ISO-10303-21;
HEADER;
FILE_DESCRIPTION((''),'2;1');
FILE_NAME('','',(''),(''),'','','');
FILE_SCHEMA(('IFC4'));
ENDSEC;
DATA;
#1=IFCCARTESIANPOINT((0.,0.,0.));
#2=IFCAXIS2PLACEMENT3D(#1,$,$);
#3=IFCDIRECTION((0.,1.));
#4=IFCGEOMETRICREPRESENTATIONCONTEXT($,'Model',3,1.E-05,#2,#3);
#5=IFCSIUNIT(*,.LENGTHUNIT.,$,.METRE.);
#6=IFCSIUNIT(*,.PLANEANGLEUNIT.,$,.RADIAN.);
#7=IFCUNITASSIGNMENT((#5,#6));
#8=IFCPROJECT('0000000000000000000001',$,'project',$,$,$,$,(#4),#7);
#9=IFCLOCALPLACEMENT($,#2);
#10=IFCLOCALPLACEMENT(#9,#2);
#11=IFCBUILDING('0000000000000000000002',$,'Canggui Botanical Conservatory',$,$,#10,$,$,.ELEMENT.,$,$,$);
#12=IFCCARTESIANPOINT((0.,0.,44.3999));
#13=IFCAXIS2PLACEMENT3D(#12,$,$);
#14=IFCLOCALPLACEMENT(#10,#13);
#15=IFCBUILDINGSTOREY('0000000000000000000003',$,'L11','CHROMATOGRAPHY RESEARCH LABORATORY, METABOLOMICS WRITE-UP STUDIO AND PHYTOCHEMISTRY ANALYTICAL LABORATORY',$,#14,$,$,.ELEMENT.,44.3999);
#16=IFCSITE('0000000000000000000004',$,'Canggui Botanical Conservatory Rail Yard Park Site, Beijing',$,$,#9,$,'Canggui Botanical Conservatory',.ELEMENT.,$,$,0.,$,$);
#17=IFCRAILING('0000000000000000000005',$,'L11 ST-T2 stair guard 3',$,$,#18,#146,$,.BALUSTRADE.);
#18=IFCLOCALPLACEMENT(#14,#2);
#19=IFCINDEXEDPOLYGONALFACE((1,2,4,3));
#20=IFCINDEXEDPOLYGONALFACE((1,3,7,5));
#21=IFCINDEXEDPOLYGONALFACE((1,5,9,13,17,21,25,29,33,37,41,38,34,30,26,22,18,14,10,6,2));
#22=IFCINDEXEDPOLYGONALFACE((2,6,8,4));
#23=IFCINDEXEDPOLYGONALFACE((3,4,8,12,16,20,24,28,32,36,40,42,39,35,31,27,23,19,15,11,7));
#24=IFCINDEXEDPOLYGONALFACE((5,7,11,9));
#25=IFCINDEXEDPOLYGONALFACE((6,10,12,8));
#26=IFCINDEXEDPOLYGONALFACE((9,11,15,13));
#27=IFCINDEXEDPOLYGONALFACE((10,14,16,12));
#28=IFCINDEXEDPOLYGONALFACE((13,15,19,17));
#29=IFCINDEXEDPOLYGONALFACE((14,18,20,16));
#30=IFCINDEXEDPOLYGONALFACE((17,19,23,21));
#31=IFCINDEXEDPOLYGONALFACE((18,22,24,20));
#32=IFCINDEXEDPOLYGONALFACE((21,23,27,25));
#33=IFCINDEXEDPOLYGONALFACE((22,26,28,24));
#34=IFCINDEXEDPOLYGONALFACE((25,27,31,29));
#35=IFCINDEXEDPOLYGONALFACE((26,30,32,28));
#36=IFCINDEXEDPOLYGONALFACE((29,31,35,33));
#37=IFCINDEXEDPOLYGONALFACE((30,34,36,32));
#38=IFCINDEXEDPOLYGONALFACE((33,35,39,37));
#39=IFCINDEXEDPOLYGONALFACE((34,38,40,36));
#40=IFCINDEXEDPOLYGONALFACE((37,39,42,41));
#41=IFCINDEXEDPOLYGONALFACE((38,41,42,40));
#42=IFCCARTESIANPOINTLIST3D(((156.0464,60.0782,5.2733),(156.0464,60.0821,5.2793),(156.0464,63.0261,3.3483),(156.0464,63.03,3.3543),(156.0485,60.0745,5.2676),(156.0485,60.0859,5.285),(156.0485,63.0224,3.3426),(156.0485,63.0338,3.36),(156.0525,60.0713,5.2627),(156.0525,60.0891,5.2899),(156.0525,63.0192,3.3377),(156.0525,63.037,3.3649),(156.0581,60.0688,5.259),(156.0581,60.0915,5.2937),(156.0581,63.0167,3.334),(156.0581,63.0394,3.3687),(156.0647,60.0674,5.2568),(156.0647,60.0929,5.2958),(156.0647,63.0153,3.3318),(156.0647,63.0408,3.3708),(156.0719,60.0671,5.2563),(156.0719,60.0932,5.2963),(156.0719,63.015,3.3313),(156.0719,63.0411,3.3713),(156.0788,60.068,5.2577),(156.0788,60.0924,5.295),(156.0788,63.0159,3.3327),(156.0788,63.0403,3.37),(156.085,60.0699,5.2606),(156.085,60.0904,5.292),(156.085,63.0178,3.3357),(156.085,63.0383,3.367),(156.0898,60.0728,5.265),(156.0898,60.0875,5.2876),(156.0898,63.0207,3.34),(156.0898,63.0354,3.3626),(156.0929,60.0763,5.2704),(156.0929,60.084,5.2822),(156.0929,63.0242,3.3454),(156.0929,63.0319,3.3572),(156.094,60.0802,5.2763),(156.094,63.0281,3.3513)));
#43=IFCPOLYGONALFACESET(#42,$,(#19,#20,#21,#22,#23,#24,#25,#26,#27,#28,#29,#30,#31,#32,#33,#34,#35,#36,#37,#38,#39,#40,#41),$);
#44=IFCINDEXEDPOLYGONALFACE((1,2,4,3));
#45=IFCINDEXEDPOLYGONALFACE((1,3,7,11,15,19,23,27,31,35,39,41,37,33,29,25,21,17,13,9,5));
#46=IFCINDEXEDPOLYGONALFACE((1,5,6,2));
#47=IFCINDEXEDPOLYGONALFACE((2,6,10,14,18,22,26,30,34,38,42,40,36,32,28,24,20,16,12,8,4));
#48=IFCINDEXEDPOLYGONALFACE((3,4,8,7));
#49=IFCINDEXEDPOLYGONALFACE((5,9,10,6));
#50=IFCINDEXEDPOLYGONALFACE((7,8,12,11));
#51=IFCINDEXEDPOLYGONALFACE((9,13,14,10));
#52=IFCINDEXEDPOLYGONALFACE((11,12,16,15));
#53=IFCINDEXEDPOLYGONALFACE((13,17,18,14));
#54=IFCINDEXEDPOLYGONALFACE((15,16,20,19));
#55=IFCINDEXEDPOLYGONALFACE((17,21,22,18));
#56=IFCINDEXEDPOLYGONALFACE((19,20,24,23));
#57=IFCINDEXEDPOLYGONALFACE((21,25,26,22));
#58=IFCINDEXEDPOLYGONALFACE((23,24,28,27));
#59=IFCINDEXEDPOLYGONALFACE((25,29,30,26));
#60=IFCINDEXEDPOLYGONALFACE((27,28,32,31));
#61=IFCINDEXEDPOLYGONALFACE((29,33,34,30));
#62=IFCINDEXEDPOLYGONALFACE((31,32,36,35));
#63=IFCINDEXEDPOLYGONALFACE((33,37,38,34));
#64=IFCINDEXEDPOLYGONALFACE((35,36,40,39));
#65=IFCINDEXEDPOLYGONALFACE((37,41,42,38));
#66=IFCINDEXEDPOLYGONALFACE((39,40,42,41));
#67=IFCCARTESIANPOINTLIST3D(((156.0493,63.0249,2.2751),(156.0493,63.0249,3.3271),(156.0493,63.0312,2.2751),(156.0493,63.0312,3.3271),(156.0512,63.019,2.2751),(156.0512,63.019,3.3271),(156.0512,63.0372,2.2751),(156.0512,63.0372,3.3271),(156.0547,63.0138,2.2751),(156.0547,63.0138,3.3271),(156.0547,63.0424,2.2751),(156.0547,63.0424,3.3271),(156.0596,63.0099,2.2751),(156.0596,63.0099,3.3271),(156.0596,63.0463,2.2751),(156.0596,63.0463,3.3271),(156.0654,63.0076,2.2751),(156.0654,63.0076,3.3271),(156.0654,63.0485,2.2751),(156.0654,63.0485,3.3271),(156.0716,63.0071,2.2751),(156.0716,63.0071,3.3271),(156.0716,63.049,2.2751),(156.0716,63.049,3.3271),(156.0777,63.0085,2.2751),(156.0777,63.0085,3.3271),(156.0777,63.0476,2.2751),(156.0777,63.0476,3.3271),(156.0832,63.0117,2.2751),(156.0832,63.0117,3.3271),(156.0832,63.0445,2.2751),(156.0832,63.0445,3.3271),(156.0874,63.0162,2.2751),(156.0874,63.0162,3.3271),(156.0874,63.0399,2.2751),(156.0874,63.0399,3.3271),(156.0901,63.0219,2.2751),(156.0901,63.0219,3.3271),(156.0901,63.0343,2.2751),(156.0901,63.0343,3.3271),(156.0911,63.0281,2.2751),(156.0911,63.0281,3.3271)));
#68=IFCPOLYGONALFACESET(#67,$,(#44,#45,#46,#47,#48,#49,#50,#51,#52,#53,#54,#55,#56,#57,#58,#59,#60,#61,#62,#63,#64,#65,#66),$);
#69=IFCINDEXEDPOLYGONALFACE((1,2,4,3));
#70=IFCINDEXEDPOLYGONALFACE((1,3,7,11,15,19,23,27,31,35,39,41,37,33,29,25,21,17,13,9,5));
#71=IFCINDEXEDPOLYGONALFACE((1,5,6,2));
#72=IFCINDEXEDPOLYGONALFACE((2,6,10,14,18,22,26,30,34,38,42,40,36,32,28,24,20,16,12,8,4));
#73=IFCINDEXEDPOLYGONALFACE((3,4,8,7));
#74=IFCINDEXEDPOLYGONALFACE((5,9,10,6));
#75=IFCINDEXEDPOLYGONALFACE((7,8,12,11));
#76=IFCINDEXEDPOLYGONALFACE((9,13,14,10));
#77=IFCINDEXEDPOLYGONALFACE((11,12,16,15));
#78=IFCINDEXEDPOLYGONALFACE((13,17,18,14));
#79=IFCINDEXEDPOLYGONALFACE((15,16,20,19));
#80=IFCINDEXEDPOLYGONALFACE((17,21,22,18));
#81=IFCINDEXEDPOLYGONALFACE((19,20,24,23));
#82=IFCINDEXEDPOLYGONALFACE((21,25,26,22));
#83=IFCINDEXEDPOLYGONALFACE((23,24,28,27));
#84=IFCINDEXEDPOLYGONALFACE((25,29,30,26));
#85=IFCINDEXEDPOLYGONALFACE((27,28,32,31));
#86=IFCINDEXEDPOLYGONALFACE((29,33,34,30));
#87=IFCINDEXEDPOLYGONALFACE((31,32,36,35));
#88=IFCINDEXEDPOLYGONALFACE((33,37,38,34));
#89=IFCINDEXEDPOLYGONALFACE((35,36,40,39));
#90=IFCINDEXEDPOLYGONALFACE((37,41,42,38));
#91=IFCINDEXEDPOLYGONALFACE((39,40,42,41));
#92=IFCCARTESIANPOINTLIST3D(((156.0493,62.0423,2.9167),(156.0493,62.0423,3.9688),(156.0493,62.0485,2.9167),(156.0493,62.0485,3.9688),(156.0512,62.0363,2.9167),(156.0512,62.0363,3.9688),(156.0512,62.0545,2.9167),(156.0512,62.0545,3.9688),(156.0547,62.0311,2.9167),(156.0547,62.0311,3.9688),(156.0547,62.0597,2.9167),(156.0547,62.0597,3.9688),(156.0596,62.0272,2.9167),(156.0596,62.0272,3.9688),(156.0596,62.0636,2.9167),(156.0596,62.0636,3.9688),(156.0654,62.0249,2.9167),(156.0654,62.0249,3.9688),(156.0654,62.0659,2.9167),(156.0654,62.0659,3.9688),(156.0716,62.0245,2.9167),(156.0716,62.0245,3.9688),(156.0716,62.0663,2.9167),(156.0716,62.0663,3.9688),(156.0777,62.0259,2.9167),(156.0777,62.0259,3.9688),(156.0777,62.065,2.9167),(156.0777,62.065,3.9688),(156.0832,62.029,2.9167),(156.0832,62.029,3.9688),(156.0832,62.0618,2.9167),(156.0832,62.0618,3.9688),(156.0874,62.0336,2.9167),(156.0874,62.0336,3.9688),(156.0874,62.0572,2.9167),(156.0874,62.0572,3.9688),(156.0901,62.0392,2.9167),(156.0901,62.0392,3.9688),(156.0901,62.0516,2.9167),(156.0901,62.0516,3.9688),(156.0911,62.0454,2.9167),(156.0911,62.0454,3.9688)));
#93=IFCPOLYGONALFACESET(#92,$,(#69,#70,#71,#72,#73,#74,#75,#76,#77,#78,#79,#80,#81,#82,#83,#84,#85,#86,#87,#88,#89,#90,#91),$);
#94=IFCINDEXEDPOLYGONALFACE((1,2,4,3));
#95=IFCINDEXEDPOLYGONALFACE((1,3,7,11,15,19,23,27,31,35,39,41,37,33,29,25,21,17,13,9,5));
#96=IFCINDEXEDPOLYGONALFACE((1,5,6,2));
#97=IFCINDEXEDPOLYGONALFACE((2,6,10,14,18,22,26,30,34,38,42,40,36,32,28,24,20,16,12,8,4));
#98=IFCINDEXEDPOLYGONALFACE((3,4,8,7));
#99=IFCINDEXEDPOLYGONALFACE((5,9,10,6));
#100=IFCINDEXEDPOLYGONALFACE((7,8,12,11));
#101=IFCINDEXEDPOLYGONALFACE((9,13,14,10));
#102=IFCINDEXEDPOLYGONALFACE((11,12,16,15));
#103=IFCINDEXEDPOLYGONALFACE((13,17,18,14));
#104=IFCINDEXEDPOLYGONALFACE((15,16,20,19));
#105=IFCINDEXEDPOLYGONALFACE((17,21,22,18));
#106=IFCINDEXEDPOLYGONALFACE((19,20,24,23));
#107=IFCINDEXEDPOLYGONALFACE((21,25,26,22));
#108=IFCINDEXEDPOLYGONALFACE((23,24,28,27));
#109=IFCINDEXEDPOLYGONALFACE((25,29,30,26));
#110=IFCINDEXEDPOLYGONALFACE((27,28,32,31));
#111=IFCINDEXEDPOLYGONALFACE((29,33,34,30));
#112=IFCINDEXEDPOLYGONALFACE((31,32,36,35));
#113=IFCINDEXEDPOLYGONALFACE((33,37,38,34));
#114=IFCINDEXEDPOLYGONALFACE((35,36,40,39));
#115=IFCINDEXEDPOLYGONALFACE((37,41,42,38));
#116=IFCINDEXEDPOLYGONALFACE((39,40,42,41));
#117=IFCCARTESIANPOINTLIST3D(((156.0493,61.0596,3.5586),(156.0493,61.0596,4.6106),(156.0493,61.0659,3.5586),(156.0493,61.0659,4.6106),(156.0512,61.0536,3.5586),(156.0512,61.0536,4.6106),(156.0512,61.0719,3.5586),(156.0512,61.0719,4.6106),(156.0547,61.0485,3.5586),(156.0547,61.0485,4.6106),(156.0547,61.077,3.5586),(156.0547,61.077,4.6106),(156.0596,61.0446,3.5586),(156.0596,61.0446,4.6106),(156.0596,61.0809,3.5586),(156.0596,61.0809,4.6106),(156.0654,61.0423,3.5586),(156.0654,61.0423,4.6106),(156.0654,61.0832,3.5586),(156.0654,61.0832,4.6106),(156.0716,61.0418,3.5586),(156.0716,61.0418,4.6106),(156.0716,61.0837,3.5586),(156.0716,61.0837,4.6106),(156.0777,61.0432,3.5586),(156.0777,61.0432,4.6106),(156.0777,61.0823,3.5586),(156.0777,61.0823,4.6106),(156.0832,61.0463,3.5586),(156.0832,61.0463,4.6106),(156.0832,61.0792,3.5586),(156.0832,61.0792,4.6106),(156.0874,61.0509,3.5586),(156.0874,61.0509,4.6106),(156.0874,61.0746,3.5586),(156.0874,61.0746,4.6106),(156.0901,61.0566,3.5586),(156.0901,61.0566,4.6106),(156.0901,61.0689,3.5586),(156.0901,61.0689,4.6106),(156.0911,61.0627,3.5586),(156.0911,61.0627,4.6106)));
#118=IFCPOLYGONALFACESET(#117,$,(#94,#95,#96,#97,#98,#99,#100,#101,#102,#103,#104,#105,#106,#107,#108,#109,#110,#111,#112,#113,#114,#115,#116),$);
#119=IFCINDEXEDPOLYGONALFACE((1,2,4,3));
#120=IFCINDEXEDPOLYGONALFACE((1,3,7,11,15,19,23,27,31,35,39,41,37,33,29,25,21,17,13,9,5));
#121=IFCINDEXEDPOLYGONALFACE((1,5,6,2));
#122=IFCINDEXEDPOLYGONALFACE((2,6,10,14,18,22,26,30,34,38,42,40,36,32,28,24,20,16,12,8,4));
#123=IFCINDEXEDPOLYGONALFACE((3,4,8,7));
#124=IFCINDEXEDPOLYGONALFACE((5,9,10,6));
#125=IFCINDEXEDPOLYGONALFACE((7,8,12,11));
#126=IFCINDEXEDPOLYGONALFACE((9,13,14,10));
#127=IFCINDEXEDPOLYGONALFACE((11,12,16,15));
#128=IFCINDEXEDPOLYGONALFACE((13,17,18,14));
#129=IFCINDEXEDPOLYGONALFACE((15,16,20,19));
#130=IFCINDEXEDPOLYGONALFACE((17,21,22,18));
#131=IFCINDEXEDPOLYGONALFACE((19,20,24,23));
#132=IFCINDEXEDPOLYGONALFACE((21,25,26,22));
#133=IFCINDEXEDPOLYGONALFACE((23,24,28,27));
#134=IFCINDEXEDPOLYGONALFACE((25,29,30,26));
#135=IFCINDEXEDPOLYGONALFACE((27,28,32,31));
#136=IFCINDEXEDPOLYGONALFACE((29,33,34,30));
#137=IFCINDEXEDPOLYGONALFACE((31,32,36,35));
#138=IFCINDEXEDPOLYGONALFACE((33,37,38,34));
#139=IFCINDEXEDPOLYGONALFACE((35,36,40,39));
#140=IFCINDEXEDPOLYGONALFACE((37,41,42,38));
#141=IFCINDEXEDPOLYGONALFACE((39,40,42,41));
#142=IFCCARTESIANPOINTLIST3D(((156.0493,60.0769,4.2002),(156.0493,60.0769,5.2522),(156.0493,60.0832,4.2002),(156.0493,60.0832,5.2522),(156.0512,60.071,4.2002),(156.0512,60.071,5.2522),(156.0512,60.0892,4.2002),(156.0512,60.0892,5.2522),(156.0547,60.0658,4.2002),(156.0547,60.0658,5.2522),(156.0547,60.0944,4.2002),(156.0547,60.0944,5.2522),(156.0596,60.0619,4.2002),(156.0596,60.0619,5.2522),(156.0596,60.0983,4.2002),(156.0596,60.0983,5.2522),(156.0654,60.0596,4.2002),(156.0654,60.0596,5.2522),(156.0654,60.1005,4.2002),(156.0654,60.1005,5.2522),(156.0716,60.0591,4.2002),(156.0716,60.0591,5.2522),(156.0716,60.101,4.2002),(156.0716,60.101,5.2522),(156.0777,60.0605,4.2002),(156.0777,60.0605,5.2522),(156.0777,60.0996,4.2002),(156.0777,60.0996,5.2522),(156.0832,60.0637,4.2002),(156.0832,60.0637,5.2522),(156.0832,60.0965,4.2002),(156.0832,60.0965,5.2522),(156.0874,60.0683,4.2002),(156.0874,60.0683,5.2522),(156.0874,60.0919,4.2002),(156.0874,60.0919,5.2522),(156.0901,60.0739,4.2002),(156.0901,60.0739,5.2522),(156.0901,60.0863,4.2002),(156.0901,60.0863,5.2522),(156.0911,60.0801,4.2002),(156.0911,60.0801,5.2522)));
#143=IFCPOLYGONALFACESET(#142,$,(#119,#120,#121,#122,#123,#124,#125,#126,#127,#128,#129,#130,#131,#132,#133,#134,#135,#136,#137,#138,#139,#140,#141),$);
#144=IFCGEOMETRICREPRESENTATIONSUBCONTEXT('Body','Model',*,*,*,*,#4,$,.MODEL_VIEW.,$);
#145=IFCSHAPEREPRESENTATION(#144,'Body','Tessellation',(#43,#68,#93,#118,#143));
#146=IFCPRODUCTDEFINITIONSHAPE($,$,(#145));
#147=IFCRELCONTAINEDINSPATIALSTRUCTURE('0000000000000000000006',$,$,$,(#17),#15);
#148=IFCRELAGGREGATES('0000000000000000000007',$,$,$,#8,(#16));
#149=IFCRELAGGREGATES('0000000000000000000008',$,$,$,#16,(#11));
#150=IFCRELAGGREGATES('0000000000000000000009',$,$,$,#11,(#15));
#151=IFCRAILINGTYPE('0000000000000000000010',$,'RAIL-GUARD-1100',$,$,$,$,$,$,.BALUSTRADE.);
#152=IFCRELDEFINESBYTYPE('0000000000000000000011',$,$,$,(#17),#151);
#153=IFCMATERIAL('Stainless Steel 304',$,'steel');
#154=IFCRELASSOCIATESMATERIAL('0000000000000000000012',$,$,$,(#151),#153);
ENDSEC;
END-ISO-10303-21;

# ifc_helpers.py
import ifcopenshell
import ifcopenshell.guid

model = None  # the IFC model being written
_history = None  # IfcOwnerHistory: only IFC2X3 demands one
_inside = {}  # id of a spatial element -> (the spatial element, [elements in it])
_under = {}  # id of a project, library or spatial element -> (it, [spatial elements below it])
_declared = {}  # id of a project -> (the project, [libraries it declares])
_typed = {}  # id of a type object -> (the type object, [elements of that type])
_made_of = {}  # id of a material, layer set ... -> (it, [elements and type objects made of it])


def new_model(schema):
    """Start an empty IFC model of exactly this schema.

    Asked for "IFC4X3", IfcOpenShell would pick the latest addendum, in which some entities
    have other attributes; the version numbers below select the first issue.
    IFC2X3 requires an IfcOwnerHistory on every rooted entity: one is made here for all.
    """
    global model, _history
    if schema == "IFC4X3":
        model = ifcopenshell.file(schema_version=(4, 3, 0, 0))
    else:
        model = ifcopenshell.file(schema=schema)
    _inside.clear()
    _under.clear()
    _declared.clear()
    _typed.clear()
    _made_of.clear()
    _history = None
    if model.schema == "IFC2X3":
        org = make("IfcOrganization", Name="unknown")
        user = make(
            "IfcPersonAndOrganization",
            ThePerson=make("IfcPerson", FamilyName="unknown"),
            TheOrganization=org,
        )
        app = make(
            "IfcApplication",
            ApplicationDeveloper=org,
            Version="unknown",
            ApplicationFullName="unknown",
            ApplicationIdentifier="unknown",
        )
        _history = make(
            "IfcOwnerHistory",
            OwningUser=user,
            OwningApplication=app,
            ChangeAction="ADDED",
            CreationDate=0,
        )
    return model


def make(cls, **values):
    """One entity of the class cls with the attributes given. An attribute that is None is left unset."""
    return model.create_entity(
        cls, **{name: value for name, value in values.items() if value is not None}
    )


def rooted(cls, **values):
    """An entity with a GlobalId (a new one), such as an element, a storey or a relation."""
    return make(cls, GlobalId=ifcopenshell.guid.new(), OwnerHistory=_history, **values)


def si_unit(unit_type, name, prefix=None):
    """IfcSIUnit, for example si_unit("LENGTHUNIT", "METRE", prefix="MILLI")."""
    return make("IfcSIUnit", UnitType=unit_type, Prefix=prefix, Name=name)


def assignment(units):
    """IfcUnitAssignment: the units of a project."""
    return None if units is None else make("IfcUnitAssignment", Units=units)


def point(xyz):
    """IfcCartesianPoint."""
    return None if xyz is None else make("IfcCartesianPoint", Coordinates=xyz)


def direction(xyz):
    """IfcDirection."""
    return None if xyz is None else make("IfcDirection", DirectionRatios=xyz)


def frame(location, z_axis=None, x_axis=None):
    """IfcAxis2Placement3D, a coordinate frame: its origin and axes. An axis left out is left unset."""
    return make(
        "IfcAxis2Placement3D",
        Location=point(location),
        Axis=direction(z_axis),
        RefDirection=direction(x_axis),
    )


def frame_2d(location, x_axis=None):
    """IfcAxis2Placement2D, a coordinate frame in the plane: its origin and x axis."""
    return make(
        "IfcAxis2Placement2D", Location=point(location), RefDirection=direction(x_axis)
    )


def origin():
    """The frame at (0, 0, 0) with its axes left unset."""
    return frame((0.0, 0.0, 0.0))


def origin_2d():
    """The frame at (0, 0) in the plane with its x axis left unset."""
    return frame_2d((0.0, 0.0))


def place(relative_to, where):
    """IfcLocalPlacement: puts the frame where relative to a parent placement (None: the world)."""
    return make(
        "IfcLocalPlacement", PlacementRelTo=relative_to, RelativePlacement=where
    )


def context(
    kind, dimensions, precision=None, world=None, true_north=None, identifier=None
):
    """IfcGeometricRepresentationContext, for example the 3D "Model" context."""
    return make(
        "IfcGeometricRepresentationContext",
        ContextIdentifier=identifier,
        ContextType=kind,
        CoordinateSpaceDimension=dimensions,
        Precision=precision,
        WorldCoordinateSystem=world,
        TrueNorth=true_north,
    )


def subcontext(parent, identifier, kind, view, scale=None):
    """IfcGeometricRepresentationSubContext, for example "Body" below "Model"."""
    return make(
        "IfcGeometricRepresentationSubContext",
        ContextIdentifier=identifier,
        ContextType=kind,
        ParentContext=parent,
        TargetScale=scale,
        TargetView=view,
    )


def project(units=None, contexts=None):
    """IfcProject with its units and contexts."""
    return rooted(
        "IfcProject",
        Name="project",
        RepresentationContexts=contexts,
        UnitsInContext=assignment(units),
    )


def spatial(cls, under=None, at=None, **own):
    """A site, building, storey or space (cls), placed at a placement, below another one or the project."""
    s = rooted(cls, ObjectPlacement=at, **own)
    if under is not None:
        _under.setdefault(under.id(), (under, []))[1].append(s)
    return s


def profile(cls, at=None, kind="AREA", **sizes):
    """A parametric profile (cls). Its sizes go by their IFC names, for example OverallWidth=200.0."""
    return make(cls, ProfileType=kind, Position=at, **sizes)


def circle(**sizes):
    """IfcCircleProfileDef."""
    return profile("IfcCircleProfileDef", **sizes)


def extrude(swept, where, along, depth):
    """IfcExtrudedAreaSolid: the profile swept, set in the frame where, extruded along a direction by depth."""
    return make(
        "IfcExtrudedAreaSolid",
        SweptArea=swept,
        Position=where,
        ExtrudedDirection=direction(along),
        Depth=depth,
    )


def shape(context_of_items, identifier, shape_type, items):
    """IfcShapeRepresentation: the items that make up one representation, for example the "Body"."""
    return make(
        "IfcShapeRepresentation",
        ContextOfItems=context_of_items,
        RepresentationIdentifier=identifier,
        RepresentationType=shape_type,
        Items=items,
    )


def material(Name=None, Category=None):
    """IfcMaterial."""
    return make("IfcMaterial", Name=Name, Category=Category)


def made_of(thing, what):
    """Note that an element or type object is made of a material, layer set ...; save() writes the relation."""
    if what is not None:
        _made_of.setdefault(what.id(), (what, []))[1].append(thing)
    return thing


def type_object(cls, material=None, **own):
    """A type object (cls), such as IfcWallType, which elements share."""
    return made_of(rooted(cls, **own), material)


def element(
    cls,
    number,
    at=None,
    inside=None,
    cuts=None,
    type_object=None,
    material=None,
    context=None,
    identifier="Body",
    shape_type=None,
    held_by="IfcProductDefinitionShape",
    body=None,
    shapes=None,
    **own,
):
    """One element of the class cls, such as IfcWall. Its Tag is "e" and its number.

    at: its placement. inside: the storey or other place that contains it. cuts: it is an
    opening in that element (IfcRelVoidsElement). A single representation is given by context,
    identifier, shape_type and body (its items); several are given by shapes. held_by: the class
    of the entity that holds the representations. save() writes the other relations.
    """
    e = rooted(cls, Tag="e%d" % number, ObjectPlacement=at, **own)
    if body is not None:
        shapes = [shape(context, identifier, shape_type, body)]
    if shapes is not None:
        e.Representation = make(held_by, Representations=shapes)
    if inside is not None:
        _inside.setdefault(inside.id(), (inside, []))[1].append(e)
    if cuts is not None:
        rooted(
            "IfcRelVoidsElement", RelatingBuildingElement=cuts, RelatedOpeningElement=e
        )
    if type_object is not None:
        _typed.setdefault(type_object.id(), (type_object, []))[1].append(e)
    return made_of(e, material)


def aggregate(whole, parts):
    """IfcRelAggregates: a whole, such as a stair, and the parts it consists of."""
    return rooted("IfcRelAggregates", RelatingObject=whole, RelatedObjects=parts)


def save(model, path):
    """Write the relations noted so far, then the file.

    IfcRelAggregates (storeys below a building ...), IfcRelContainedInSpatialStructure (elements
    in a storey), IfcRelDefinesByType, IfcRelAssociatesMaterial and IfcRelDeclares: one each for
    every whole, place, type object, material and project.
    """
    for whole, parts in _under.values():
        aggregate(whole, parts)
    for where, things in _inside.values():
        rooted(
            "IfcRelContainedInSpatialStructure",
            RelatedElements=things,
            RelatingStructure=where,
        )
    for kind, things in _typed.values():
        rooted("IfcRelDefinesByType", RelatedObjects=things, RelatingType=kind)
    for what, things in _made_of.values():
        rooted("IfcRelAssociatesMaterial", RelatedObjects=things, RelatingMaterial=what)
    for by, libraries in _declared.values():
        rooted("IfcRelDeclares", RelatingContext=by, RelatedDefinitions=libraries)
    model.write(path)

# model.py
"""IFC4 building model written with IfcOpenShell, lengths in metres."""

from ifc_helpers import new_model, si_unit, direction, frame, origin, origin_2d, place, context, subcontext, project, spatial, circle, extrude, material, type_object, element, save


model = new_model("IFC4")

# Units and contexts
model_context = context("Model", 3, precision=1e-05, world=origin(), true_north=direction((0.0, 1.0)))
body_context = subcontext(model_context, "Body", "Model", "MODEL_VIEW")
ifc_project = project(units=[si_unit("LENGTHUNIT", "METRE"), si_unit("PLANEANGLEUNIT", "RADIAN")], contexts=[model_context])

# Site, building, storey
site_placement = place(None, origin())
site = spatial("IfcSite", under=ifc_project, at=site_placement, Name="Canggui Botanical Conservatory Rail Yard Park Site, Beijing", LongName="Canggui Botanical Conservatory", CompositionType="ELEMENT", RefElevation=0.0)
building_placement = place(site_placement, origin())
building = spatial("IfcBuilding", under=site, at=building_placement, Name="Canggui Botanical Conservatory", CompositionType="ELEMENT")
storey_placement = place(building_placement, frame((0.0, 0.0, 44.3999)))
storey = spatial("IfcBuildingStorey", under=building, at=storey_placement, Name="L11", Description="CHROMATOGRAPHY RESEARCH LABORATORY, METABOLOMICS WRITE-UP STUDIO AND PHYTOCHEMISTRY ANALYTICAL LABORATORY", CompositionType="ELEMENT", Elevation=44.3999)

# Railing
ifc_material_1 = material(Name="Stainless Steel 304", Category="steel")
railing_type_1 = type_object("IfcRailingType", Name="RAIL-GUARD-1100", PredefinedType="BALUSTRADE", material=ifc_material_1)
railing_1_placement = place(storey_placement, frame((156.0701, 63.0281, 2.2751)))
element("IfcRailing", 1, at=railing_1_placement, inside=storey, type_object=railing_type_1, Name="L11 ST-T2 stair guard 3", PredefinedType="BALUSTRADE", context=body_context, shape_type="SweptSolid", body=[
    extrude(circle(Radius=0.0239, at=origin_2d()), frame((0.0, 0.0, 1.0762), z_axis=(0.0, -0.837293, 0.546754), x_axis=(1.0, 0.0, 0.0)), (0.0, 0.0, 1.0), 3.5208),
    extrude(circle(Radius=0.021, at=origin_2d()), origin(), (0.0, 0.0, 1.0), 1.052),
    extrude(circle(Radius=0.021, at=origin_2d()), frame((0.0, -0.9827, 0.6416)), (0.0, 0.0, 1.0), 1.052),
    extrude(circle(Radius=0.021, at=origin_2d()), frame((0.0, -1.9653, 1.2834)), (0.0, 0.0, 1.0), 1.052),
    extrude(circle(Radius=0.021, at=origin_2d()), frame((0.0, -2.948, 1.925)), (0.0, 0.0, 1.0), 1.052),
])

save(model, "model.ifc")
